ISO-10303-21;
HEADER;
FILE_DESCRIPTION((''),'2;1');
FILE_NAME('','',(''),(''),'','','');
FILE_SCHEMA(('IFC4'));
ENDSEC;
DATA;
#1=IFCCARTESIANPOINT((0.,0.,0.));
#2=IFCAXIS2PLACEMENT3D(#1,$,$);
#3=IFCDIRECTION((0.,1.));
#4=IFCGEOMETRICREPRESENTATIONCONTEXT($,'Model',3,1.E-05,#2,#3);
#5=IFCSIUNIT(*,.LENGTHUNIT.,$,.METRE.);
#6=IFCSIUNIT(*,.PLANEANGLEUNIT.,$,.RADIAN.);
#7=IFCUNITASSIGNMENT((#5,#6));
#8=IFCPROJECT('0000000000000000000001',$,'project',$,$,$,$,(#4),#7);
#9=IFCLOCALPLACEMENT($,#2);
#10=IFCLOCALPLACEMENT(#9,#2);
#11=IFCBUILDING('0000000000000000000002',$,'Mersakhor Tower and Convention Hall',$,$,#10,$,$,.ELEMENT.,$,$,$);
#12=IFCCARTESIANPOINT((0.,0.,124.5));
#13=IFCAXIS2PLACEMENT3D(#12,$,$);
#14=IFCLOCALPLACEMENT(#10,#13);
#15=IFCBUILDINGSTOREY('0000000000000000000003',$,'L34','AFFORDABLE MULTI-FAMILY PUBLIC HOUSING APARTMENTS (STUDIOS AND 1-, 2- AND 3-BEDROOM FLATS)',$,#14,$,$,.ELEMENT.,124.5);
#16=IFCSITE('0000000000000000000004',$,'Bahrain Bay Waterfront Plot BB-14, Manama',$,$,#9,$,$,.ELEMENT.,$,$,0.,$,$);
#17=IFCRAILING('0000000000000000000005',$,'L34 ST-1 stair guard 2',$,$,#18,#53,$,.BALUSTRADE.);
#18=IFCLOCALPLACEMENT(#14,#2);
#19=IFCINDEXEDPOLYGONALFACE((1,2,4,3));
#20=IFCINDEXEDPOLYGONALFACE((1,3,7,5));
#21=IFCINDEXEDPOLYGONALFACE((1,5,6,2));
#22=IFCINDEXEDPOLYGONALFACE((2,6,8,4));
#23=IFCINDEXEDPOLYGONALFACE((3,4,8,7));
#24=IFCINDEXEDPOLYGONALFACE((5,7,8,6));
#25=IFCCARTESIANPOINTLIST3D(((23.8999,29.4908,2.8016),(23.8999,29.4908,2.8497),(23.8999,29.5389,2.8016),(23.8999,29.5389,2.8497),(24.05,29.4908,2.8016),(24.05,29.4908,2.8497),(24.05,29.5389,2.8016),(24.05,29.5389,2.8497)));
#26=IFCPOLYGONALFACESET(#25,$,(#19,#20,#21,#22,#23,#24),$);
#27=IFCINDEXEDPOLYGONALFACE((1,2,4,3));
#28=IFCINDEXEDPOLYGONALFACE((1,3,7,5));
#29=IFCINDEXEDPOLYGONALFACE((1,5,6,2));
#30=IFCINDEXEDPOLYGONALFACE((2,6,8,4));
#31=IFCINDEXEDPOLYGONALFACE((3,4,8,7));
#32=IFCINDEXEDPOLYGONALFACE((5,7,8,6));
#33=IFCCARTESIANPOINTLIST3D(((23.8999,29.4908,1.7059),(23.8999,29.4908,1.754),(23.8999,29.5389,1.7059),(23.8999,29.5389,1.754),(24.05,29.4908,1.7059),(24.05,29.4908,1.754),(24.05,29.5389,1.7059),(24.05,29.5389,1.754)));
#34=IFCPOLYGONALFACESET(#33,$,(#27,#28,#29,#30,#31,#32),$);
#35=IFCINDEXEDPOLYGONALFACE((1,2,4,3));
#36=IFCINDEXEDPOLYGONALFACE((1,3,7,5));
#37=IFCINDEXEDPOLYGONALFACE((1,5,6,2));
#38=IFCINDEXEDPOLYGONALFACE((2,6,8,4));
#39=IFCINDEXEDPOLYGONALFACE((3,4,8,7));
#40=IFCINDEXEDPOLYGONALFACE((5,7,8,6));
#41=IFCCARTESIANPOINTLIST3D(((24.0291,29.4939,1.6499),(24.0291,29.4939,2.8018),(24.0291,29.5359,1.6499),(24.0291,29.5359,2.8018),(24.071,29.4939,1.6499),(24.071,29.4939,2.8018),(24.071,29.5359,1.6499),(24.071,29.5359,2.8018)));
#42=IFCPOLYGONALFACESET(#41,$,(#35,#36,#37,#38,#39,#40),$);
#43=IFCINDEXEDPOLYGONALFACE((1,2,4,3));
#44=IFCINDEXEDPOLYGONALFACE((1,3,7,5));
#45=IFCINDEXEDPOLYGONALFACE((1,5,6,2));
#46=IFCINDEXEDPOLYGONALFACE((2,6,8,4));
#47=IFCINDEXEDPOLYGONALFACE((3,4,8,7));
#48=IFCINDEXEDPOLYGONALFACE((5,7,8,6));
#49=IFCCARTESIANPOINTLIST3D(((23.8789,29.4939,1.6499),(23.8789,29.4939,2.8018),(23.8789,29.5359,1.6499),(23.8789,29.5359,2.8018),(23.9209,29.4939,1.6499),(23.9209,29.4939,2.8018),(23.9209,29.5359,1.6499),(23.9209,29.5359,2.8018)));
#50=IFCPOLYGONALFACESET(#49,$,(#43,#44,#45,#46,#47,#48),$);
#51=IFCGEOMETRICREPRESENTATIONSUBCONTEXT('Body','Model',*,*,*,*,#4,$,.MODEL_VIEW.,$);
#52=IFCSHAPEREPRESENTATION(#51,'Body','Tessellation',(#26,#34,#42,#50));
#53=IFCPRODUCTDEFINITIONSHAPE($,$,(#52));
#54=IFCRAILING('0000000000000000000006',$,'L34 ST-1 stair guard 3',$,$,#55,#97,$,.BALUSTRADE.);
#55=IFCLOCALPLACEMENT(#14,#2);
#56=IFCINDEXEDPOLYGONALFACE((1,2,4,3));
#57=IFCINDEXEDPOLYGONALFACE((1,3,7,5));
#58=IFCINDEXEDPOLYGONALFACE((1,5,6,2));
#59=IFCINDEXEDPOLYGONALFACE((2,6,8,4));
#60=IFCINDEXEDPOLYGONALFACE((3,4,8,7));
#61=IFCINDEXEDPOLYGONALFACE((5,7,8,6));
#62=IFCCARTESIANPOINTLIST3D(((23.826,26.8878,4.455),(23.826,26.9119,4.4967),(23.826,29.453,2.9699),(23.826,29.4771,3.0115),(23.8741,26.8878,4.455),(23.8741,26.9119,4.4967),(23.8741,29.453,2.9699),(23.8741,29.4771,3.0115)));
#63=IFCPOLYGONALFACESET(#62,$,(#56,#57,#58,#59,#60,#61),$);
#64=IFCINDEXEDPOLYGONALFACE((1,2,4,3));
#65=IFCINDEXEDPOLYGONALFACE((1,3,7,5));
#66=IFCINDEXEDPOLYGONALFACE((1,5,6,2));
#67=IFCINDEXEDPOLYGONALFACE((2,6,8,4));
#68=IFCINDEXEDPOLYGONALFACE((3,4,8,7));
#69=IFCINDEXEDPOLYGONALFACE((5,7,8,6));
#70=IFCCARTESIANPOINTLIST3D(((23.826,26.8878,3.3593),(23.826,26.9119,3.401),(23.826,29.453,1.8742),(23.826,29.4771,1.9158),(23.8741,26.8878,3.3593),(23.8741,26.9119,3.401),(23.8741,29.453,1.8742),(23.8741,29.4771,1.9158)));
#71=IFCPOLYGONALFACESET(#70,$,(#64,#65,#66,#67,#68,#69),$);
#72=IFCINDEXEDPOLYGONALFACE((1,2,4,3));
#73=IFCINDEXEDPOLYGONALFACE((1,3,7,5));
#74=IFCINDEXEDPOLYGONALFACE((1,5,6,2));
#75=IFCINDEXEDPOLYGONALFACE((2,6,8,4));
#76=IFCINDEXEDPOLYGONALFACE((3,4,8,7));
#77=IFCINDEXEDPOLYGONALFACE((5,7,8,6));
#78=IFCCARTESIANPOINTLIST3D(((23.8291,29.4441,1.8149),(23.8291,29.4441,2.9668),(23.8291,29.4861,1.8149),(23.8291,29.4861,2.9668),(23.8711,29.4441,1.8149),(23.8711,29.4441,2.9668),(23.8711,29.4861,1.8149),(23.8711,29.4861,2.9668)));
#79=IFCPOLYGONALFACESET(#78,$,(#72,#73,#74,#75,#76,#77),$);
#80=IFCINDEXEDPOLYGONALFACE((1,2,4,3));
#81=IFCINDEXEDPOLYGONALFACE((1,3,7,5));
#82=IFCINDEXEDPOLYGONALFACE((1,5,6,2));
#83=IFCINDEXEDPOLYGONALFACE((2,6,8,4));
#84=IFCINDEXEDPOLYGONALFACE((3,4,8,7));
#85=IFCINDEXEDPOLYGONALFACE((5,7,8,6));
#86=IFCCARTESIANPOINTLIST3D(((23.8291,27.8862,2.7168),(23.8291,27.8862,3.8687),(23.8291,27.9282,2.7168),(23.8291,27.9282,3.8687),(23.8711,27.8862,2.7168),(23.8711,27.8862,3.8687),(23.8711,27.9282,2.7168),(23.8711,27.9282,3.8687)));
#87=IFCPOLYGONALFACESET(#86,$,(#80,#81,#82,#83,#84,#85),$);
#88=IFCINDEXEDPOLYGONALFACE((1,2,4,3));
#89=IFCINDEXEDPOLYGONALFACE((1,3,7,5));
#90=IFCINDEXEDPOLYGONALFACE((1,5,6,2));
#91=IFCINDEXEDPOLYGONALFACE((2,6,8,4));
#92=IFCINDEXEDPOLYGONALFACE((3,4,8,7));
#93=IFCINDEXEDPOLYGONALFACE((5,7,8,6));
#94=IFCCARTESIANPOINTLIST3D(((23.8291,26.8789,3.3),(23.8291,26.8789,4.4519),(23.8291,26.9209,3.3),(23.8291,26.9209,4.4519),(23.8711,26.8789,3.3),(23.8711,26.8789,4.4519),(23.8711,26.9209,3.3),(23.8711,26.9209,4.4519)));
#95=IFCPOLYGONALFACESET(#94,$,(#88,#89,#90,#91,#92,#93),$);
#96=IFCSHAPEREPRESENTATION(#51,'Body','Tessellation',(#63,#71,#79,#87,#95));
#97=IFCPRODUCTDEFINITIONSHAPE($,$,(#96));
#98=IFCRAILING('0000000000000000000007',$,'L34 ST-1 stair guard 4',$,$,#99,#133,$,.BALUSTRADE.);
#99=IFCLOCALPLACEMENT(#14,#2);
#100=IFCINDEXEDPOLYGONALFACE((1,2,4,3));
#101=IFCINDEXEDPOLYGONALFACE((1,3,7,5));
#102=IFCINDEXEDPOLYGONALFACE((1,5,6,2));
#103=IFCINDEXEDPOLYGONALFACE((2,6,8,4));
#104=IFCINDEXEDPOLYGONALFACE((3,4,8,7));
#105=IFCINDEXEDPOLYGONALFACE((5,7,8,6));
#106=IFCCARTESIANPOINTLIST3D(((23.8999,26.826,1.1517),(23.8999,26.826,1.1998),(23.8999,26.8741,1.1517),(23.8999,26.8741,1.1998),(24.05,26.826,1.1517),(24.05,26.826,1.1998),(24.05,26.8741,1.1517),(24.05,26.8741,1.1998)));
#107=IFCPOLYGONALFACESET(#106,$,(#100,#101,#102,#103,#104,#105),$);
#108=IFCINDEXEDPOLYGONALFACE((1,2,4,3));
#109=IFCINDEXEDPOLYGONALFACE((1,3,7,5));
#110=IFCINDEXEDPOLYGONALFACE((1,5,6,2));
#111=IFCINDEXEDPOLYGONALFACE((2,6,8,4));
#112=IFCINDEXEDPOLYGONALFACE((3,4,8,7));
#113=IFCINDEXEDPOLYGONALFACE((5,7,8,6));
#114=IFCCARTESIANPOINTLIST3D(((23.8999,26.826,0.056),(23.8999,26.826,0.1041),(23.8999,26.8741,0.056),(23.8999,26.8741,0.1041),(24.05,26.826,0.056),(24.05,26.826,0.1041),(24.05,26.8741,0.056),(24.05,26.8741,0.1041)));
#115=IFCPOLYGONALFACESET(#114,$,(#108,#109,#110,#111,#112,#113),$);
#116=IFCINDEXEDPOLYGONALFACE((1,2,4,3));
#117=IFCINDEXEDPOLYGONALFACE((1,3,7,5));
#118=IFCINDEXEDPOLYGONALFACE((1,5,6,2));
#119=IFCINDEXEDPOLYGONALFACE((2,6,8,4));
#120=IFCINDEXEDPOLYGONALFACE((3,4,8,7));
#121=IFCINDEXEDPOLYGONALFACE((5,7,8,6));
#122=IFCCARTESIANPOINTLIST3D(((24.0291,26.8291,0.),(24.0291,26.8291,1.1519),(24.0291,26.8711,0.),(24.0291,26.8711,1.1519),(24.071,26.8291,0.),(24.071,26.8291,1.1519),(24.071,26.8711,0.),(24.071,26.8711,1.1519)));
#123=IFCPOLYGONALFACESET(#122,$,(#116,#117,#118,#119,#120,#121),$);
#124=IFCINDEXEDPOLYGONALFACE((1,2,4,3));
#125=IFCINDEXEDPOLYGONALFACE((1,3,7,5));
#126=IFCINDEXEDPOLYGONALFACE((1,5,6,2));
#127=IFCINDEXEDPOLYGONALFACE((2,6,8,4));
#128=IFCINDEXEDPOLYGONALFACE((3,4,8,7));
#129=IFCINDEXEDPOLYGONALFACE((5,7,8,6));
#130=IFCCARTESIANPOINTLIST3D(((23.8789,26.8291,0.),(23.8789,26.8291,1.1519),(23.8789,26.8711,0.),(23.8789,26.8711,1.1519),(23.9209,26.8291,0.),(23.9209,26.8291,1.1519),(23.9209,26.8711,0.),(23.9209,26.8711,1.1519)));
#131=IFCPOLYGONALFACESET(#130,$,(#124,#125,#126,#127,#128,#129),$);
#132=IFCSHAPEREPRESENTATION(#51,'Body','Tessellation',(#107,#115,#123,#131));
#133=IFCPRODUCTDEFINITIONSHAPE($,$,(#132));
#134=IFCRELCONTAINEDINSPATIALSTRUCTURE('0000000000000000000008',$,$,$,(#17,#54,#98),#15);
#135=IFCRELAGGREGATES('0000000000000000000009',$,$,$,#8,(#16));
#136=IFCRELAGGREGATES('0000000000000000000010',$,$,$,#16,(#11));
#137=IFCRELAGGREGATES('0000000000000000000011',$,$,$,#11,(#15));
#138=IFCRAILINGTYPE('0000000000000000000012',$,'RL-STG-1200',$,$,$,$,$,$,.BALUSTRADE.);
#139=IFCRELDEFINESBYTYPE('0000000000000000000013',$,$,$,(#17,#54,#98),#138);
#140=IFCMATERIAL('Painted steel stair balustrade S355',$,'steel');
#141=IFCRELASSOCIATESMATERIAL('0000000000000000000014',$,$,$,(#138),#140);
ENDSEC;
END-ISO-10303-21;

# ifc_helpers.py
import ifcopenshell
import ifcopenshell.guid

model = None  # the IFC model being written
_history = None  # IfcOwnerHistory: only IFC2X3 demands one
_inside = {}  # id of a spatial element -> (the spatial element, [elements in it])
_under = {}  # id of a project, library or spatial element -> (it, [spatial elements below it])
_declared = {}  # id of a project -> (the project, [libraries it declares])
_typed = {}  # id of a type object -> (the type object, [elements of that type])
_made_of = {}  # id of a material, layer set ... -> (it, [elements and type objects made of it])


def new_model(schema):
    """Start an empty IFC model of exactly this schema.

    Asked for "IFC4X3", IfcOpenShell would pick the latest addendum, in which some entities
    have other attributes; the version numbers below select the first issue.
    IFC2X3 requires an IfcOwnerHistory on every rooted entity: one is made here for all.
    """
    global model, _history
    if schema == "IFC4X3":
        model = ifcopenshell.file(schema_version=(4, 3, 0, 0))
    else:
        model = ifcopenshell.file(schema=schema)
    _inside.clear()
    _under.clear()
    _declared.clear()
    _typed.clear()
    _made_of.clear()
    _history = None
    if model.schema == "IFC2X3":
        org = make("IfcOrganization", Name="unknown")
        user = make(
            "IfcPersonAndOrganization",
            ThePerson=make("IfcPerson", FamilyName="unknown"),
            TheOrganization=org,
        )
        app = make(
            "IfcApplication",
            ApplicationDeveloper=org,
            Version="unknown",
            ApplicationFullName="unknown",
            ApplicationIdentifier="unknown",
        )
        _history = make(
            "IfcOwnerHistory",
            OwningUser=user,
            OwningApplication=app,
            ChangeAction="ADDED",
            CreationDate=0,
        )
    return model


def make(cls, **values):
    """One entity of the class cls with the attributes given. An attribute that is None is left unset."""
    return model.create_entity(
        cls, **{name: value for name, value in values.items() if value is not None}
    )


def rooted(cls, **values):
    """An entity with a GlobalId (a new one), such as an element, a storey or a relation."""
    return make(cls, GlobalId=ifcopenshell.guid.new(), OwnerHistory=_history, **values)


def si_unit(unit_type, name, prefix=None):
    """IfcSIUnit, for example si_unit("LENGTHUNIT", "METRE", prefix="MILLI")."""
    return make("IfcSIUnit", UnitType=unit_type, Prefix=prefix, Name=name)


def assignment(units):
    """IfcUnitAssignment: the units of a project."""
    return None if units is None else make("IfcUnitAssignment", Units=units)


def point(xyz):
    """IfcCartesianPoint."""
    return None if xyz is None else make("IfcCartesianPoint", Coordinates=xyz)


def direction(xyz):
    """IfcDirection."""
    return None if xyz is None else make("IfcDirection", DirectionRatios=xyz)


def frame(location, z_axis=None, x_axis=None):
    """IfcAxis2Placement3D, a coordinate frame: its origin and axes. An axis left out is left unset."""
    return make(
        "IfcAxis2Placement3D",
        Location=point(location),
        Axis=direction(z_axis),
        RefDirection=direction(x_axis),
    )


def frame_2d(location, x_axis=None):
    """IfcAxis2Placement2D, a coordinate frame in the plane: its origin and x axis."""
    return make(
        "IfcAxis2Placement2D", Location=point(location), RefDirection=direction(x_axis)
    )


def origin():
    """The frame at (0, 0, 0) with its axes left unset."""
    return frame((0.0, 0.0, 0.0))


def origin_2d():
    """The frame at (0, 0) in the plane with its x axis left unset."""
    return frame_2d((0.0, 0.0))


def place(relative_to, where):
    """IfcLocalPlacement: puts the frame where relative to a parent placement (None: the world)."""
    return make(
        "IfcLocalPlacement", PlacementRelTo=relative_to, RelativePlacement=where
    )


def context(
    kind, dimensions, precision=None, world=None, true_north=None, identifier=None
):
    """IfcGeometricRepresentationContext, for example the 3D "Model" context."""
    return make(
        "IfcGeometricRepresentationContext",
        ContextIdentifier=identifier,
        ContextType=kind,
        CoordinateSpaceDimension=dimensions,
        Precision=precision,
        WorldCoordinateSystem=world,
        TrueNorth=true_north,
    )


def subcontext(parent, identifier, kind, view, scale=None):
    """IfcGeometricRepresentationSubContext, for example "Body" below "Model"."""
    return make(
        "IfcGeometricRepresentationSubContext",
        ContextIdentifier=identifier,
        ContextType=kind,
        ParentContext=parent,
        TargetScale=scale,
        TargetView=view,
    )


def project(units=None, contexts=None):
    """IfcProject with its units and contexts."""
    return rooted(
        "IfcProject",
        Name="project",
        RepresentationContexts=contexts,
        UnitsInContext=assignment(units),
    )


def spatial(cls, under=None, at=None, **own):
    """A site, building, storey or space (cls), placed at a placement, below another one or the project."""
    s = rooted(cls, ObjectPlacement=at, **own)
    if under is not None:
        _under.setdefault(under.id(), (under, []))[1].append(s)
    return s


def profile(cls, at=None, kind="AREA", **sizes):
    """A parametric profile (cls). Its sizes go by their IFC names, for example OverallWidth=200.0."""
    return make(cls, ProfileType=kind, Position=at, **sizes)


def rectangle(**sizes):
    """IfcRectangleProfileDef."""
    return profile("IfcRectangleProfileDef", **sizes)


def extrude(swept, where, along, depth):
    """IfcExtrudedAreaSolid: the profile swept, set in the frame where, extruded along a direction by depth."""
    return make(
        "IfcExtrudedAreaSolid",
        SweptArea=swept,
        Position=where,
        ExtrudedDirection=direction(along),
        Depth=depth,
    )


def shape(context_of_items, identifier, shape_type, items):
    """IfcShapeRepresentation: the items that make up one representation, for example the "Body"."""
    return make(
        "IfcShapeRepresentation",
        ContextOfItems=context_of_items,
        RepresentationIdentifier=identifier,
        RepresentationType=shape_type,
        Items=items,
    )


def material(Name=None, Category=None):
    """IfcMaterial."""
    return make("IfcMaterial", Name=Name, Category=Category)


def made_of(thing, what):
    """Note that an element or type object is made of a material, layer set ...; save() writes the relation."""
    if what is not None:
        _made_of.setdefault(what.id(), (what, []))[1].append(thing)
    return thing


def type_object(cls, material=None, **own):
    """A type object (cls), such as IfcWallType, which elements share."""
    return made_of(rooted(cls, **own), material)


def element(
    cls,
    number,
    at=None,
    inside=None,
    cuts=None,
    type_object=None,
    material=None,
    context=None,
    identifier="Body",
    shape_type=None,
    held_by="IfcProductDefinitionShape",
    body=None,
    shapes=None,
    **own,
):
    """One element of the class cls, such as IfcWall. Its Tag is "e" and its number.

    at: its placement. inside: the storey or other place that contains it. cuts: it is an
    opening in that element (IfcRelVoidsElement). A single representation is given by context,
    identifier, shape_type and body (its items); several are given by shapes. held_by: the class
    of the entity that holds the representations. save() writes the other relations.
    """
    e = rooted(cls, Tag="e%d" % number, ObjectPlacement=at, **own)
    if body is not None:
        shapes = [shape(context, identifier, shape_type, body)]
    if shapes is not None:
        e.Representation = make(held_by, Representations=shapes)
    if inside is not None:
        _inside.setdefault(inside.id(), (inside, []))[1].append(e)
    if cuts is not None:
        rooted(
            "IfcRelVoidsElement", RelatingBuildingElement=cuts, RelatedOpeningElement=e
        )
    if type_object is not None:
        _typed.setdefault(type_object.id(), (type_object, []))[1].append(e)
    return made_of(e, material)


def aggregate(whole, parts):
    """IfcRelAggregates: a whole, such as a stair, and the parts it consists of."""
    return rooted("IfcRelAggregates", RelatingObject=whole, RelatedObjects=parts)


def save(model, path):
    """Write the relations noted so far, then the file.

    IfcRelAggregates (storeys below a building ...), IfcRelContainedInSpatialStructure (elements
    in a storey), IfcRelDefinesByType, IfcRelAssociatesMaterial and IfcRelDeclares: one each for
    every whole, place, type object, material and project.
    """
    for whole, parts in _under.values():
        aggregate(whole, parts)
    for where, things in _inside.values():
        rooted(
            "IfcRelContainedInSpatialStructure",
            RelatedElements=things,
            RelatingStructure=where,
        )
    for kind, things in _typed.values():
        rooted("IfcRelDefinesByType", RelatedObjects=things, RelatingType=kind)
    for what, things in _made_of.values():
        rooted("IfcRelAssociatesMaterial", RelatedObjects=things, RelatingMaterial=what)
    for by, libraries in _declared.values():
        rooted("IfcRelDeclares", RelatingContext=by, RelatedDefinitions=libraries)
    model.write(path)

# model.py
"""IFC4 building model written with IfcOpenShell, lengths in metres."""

from ifc_helpers import new_model, si_unit, direction, frame, origin, origin_2d, place, context, subcontext, project, spatial, rectangle, extrude, material, type_object, element, save


model = new_model("IFC4")

# Units and contexts
model_context = context("Model", 3, precision=1e-05, world=origin(), true_north=direction((0.0, 1.0)))
body_context = subcontext(model_context, "Body", "Model", "MODEL_VIEW")
ifc_project = project(units=[si_unit("LENGTHUNIT", "METRE"), si_unit("PLANEANGLEUNIT", "RADIAN")], contexts=[model_context])

# Site, building, storey
site_placement = place(None, origin())
site = spatial("IfcSite", under=ifc_project, at=site_placement, Name="Bahrain Bay Waterfront Plot BB-14, Manama", CompositionType="ELEMENT", RefElevation=0.0)
building_placement = place(site_placement, origin())
building = spatial("IfcBuilding", under=site, at=building_placement, Name="Mersakhor Tower and Convention Hall", CompositionType="ELEMENT")
storey_placement = place(building_placement, frame((0.0, 0.0, 124.5)))
storey = spatial("IfcBuildingStorey", under=building, at=storey_placement, Name="L34", Description="AFFORDABLE MULTI-FAMILY PUBLIC HOUSING APARTMENTS (STUDIOS AND 1-, 2- AND 3-BEDROOM FLATS)", CompositionType="ELEMENT", Elevation=124.5)

# Railings
ifc_material_1 = material(Name="Painted steel stair balustrade S355", Category="steel")
railing_type_1 = type_object("IfcRailingType", Name="RL-STG-1200", PredefinedType="BALUSTRADE", material=ifc_material_1)
railing_1_placement = place(storey_placement, frame((24.05, 29.5149, 1.6499)))
element("IfcRailing", 1, at=railing_1_placement, inside=storey, type_object=railing_type_1, Name="L34 ST-1 stair guard 2", PredefinedType="BALUSTRADE", context=body_context, shape_type="SweptSolid", body=[
    extrude(rectangle(XDim=0.0481, YDim=0.0481, at=origin_2d()), frame((0.0, 0.0, 1.1758), z_axis=(-1.0, 0.0, 0.0), x_axis=(0.0, -1.0, 0.0)), (0.0, 0.0, 1.0), 0.1501),
    extrude(rectangle(XDim=0.0481, YDim=0.0481, at=origin_2d()), frame((0.0, 0.0, 0.0801), z_axis=(-1.0, 0.0, 0.0), x_axis=(0.0, -1.0, 0.0)), (0.0, 0.0, 1.0), 0.1501),
    extrude(rectangle(XDim=0.042, YDim=0.042, at=origin_2d()), origin(), (0.0, 0.0, 1.0), 1.1519),
    extrude(rectangle(XDim=0.042, YDim=0.042, at=origin_2d()), frame((-0.1501, 0.0, 0.0)), (0.0, 0.0, 1.0), 1.1519),
])
railing_2_placement = place(storey_placement, frame((23.8501, 29.4651, 1.8149)))
element("IfcRailing", 2, at=railing_2_placement, inside=storey, type_object=railing_type_1, Name="L34 ST-1 stair guard 3", PredefinedType="BALUSTRADE", context=body_context, shape_type="SweptSolid", body=[
    extrude(rectangle(XDim=0.0481, YDim=0.0481, at=origin_2d()), frame((0.0, 0.0, 1.1758), z_axis=(0.0, -0.865426, 0.501036), x_axis=(1.0, 0.0, 0.0)), (0.0, 0.0, 1.0), 2.9641),
    extrude(rectangle(XDim=0.0481, YDim=0.0481, at=origin_2d()), frame((0.0, 0.0, 0.0801), z_axis=(0.0, -0.865426, 0.501036), x_axis=(1.0, 0.0, 0.0)), (0.0, 0.0, 1.0), 2.9641),
    extrude(rectangle(XDim=0.042, YDim=0.042, at=origin_2d()), origin(), (0.0, 0.0, 1.0), 1.1519),
    extrude(rectangle(XDim=0.042, YDim=0.042, at=origin_2d()), frame((0.0, -1.5579, 0.9019)), (0.0, 0.0, 1.0), 1.1519),
    extrude(rectangle(XDim=0.042, YDim=0.042, at=origin_2d()), frame((0.0, -2.5652, 1.4851)), (0.0, 0.0, 1.0), 1.1519),
])
railing_3_placement = place(storey_placement, frame((24.05, 26.8501, 0.0)))
element("IfcRailing", 3, at=railing_3_placement, inside=storey, type_object=railing_type_1, Name="L34 ST-1 stair guard 4", PredefinedType="BALUSTRADE", context=body_context, shape_type="SweptSolid", body=[
    extrude(rectangle(XDim=0.0481, YDim=0.0481, at=origin_2d()), frame((0.0, 0.0, 1.1758), z_axis=(-1.0, 0.0, 0.0), x_axis=(0.0, -1.0, 0.0)), (0.0, 0.0, 1.0), 0.1501),
    extrude(rectangle(XDim=0.0481, YDim=0.0481, at=origin_2d()), frame((0.0, 0.0, 0.0801), z_axis=(-1.0, 0.0, 0.0), x_axis=(0.0, -1.0, 0.0)), (0.0, 0.0, 1.0), 0.1501),
    extrude(rectangle(XDim=0.042, YDim=0.042, at=origin_2d()), origin(), (0.0, 0.0, 1.0), 1.1519),
    extrude(rectangle(XDim=0.042, YDim=0.042, at=origin_2d()), frame((-0.1501, 0.0, 0.0)), (0.0, 0.0, 1.0), 1.1519),
])

save(model, "model.ifc")
